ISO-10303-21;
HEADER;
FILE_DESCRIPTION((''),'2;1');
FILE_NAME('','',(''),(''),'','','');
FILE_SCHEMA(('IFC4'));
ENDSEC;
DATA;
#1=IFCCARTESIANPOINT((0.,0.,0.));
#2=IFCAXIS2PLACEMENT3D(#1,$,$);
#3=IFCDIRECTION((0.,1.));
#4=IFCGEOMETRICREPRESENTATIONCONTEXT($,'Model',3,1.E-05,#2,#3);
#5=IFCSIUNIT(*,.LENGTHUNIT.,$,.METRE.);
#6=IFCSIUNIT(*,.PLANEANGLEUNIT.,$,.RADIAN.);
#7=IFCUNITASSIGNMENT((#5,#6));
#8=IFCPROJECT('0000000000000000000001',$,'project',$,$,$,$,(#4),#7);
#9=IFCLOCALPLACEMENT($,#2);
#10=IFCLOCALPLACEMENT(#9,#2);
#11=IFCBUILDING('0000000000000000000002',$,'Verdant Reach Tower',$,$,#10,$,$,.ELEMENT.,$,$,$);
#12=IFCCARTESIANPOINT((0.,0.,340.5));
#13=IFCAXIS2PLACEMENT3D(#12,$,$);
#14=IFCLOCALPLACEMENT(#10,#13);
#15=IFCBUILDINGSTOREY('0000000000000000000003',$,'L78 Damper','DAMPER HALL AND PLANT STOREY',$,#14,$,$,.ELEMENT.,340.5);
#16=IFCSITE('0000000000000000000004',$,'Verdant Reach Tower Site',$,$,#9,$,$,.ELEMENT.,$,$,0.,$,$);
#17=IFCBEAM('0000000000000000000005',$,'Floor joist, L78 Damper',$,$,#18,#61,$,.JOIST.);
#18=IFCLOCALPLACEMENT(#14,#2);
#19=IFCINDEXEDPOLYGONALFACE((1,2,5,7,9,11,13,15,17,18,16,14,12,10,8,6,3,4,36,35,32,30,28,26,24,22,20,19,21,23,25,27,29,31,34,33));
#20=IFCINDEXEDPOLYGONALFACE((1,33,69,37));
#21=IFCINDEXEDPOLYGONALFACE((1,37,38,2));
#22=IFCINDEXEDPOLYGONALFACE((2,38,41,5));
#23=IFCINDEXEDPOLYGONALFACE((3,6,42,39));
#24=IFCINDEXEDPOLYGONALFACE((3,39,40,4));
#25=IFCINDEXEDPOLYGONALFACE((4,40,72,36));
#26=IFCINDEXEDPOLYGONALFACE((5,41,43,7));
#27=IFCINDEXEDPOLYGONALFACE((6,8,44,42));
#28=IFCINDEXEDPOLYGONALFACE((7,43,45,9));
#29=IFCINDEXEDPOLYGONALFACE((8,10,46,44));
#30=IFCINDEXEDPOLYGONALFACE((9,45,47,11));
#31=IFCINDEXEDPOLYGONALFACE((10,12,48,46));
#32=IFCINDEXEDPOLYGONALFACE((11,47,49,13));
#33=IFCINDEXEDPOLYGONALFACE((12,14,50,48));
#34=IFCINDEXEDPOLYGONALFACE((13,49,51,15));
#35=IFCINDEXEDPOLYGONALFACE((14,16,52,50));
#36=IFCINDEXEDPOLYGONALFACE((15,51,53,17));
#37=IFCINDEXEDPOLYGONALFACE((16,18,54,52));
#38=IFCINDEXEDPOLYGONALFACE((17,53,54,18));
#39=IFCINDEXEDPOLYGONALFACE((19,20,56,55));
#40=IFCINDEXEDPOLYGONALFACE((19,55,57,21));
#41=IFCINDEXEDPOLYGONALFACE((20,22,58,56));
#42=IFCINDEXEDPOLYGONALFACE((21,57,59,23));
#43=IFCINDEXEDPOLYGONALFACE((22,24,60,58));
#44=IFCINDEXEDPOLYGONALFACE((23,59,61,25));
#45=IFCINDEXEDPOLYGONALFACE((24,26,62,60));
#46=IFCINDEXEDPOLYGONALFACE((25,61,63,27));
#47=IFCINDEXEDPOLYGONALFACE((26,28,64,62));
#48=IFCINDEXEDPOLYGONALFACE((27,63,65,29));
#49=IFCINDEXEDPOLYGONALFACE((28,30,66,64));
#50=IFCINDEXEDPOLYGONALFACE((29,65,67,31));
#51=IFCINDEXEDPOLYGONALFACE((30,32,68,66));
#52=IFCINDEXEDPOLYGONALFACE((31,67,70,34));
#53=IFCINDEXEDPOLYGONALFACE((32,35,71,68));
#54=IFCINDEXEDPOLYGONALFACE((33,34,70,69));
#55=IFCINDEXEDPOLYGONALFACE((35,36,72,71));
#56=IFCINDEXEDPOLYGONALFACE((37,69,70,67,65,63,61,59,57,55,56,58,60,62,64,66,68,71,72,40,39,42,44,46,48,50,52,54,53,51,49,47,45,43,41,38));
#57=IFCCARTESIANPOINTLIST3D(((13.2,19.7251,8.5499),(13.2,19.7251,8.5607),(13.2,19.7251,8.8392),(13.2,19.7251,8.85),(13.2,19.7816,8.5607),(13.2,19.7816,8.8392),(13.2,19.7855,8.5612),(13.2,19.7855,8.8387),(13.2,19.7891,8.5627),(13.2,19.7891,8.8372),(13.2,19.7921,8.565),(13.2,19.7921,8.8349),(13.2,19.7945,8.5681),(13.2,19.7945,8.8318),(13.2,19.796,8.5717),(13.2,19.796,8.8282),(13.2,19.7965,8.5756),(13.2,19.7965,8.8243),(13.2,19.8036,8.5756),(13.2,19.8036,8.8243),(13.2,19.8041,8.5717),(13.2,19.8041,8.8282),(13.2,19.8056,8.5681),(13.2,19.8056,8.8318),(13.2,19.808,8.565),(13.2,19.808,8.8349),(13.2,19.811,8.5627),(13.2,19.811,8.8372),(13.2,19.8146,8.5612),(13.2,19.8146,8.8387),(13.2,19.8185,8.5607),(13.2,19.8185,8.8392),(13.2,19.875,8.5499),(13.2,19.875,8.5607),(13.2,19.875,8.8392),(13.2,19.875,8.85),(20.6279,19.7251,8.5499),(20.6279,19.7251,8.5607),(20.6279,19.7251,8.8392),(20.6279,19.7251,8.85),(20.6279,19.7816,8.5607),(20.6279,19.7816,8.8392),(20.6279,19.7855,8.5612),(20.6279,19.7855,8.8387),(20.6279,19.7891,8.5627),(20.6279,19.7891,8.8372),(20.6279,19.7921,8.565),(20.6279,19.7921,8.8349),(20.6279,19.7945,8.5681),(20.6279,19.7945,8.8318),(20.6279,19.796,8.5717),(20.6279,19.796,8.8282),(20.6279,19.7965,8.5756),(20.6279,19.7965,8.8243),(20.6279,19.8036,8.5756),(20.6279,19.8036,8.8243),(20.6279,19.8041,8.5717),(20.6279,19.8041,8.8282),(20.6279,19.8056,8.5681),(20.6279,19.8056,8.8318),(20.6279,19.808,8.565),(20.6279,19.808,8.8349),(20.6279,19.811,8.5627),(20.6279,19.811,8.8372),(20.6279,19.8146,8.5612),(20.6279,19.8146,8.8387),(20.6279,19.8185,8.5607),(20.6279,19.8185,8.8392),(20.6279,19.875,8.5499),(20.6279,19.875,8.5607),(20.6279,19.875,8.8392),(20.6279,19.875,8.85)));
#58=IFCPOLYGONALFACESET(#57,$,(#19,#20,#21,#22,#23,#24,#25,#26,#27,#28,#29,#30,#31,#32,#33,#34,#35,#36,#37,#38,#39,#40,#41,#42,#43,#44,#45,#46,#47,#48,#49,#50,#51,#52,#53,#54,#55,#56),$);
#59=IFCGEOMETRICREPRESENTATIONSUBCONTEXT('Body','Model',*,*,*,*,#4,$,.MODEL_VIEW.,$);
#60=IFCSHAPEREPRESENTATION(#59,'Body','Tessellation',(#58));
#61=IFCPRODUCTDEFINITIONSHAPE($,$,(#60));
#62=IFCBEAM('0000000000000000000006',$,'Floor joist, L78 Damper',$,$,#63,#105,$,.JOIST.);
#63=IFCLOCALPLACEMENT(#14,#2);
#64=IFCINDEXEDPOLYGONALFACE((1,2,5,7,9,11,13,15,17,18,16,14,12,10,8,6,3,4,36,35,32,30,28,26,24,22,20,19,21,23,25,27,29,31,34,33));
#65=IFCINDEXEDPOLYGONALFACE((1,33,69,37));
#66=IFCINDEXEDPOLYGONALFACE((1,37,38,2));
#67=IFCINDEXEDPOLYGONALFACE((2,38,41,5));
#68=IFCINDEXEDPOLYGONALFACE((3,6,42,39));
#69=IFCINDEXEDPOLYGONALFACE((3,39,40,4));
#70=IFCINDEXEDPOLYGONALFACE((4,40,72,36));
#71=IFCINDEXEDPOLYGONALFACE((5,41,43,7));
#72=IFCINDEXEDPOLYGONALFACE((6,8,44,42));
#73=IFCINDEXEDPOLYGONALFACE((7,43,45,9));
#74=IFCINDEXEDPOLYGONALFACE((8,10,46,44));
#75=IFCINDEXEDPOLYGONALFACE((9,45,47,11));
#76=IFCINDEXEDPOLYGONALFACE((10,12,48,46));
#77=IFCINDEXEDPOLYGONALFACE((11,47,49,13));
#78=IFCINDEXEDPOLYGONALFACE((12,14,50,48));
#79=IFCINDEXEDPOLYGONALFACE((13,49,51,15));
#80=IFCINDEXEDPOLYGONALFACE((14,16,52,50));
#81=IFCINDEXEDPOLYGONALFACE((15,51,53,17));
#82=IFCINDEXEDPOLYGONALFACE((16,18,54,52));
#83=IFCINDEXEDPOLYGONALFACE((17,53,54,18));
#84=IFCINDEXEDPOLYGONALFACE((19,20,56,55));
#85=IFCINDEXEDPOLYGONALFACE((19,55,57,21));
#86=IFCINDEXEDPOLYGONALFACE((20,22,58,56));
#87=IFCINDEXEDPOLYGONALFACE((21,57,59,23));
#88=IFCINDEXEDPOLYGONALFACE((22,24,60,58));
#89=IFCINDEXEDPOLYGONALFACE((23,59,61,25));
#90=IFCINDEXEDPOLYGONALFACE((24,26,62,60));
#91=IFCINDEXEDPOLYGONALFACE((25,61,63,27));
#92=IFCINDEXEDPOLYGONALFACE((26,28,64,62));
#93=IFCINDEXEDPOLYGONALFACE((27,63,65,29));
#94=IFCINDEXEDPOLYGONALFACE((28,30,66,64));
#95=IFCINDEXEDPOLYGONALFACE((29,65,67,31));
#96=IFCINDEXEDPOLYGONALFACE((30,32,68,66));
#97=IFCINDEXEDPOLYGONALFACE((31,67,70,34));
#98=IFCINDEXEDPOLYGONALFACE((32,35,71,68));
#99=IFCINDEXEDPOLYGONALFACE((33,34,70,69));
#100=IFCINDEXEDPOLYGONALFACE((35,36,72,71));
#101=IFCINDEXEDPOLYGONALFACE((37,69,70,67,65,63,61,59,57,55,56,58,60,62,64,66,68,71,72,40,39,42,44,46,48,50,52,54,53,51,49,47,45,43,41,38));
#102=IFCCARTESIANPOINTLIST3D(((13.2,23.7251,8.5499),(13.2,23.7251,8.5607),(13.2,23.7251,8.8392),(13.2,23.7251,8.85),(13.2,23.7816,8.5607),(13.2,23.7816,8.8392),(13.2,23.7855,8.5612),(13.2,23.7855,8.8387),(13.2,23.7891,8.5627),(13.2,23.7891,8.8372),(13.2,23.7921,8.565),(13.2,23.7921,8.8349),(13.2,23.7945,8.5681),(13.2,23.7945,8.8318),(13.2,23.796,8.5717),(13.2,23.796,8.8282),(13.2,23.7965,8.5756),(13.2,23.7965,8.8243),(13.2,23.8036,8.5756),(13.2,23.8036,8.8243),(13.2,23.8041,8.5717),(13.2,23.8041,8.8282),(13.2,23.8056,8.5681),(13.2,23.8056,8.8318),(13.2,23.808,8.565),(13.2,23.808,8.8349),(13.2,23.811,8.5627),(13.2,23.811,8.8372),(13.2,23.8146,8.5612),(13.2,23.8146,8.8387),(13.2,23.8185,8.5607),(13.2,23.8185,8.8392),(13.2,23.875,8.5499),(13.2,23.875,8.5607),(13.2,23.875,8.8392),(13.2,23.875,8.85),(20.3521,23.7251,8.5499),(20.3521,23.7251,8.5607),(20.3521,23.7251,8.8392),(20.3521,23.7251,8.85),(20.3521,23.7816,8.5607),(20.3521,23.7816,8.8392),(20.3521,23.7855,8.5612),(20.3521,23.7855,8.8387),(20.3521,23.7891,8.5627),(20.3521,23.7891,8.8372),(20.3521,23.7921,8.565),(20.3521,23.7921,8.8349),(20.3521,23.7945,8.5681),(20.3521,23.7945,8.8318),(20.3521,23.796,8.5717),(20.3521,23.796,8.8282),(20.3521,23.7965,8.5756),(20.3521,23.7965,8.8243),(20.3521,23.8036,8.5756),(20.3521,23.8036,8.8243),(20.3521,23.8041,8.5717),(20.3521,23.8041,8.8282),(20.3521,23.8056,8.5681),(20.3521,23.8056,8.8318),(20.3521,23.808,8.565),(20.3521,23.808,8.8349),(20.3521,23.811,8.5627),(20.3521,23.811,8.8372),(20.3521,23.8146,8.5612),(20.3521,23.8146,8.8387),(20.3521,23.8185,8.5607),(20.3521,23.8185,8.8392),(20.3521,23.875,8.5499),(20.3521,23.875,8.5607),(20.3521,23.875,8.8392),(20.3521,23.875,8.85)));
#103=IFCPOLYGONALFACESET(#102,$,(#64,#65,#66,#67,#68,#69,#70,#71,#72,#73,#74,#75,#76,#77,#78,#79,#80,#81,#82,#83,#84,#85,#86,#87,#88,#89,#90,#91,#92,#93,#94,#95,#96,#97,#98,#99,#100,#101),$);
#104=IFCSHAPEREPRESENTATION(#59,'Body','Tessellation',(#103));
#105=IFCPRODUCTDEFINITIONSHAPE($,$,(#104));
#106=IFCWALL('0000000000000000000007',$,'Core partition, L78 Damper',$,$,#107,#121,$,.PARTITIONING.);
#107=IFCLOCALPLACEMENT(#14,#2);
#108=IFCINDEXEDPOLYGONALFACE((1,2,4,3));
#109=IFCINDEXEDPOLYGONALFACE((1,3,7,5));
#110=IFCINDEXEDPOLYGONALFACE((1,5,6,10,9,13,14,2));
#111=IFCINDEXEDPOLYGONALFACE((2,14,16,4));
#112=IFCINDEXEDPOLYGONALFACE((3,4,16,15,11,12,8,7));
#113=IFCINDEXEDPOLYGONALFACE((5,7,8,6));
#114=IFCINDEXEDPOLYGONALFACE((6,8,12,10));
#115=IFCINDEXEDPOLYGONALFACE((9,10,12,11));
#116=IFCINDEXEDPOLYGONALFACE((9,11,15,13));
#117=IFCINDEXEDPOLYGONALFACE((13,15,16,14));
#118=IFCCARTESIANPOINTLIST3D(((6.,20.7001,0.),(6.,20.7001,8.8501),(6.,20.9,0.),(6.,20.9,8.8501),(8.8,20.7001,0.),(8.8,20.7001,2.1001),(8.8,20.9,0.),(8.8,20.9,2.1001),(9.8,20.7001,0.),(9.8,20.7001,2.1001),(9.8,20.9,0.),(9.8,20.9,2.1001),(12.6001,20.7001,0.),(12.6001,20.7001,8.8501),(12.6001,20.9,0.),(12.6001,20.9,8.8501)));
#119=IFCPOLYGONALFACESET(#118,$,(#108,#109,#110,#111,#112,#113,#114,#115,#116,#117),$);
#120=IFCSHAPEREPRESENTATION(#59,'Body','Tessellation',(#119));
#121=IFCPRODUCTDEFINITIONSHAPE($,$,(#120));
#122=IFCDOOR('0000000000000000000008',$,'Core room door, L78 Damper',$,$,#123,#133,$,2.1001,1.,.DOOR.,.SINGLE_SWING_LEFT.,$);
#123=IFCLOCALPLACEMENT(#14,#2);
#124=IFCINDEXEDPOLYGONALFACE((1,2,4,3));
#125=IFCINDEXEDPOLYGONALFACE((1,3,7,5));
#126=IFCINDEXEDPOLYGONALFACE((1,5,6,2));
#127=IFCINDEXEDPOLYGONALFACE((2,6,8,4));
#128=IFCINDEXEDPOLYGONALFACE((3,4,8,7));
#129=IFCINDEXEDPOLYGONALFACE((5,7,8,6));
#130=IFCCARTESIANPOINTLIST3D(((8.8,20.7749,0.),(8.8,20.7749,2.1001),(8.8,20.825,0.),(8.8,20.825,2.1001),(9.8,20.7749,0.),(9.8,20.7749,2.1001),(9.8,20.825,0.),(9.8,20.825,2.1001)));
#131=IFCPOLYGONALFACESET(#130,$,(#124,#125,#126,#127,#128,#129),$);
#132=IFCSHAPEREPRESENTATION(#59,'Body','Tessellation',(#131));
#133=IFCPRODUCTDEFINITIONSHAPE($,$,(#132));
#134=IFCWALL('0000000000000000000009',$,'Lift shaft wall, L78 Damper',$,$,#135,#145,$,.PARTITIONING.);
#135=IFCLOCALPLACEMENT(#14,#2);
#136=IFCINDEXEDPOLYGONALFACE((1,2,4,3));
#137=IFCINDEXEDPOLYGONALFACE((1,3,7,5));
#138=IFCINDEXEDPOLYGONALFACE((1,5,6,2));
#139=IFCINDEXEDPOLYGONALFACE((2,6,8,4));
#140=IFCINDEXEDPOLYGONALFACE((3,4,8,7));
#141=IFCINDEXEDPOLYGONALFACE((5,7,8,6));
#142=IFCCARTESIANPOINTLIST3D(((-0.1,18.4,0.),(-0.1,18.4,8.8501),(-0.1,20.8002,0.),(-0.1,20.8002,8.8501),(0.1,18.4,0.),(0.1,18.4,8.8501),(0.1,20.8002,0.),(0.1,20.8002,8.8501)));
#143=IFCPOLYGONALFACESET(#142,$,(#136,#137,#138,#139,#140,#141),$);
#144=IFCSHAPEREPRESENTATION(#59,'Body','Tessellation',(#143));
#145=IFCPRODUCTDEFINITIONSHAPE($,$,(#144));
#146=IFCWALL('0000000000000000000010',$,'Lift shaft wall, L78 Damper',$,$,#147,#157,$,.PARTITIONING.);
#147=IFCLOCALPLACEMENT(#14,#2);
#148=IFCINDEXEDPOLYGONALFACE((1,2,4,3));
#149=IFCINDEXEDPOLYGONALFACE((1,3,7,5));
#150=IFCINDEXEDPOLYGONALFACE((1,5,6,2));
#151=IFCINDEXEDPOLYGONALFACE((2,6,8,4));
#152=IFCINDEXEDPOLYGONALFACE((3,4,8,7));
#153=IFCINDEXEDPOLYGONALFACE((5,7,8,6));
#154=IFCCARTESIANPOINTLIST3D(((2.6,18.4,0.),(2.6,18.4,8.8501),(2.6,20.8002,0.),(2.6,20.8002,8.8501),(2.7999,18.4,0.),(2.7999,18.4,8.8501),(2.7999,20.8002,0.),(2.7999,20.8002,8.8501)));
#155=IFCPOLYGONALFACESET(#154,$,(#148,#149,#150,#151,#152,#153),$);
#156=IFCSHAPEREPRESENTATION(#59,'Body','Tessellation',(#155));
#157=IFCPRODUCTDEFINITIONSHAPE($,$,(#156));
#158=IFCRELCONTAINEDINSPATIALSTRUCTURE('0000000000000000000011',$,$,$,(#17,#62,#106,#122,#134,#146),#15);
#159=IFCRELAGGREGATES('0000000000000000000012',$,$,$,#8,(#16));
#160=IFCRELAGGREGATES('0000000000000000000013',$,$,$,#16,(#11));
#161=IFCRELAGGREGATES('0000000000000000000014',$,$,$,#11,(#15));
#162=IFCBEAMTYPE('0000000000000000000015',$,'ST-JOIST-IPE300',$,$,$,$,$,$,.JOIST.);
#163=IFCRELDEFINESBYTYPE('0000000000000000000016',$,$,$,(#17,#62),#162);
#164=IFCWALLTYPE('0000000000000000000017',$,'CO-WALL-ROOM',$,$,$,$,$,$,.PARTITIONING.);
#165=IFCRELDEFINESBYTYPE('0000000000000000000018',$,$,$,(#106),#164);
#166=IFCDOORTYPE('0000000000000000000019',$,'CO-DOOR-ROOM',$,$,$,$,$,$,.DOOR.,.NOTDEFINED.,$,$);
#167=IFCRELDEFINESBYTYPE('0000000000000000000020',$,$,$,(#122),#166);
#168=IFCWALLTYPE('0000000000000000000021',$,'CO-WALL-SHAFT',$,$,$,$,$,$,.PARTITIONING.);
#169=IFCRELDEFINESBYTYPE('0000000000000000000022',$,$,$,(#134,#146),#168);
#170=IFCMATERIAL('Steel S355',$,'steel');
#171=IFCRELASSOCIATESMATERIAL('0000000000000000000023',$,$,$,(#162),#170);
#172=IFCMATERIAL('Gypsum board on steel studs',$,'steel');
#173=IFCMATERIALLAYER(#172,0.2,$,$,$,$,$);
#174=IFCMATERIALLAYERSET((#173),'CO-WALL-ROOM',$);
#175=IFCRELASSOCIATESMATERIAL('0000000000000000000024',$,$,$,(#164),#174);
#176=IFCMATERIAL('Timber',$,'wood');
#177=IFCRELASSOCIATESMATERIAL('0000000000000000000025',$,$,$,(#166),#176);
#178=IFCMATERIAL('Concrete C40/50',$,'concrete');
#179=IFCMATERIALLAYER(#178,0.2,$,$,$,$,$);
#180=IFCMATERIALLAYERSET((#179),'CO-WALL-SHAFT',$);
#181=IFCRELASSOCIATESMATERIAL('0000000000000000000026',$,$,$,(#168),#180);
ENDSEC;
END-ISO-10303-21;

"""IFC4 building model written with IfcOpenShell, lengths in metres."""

from ifc_helpers import new_model, si_unit, direction, frame, frame_2d, origin, origin_2d, place, context, subcontext, project, spatial, rectangle, i_section, extrude, material, layer, layer_set, material_profile, profile_set, type_object, element, fill, save


model = new_model("IFC4")

# Units and contexts
model_context = context("Model", 3, precision=1e-05, world=origin(), true_north=direction((0.0, 1.0)))
body_context = subcontext(model_context, "Body", "Model", "MODEL_VIEW")
ifc_project = project(units=[si_unit("LENGTHUNIT", "METRE"), si_unit("PLANEANGLEUNIT", "RADIAN")], contexts=[model_context])

# Site, building, storey
site_placement = place(None, origin())
site = spatial("IfcSite", under=ifc_project, at=site_placement, Name="Verdant Reach Tower Site", CompositionType="ELEMENT", RefElevation=0.0)
building_placement = place(site_placement, origin())
building = spatial("IfcBuilding", under=site, at=building_placement, Name="Verdant Reach Tower", CompositionType="ELEMENT")
storey_placement = place(building_placement, frame((0.0, 0.0, 340.5)))
storey = spatial("IfcBuildingStorey", under=building, at=storey_placement, Name="L78 Damper", Description="DAMPER HALL AND PLANT STOREY", CompositionType="ELEMENT", Elevation=340.5)

# Beams
ifc_material_1 = material(Name="Steel S355", Category="steel")
ifc_material_profile_1 = material_profile(ifc_material_1, i_section(OverallWidth=0.1499, OverallDepth=0.3, WebThickness=0.0071, FlangeThickness=0.0107, FilletRadius=0.0149, at=origin_2d()), Name="IPE 300")
ifc_profile_set_1 = profile_set([ifc_material_profile_1], Name="Steel S355")
beam_type_1 = type_object("IfcBeamType", Name="ST-JOIST-IPE300", PredefinedType="JOIST", material=ifc_profile_set_1)
beam_1_placement = place(storey_placement, frame((13.2, 19.8, 8.7), z_axis=(1.0, 0.0, 0.0), x_axis=(0.0, 1.0, 0.0)))
element("IfcBeam", 1, at=beam_1_placement, inside=storey, type_object=beam_type_1, Name="Floor joist, L78 Damper", PredefinedType="JOIST", context=body_context, shape_type="SweptSolid", body=[
    extrude(i_section(OverallWidth=0.1499, OverallDepth=0.3, WebThickness=0.0071, FlangeThickness=0.0107, FilletRadius=0.0149, at=origin_2d()), origin(), (0.0, 0.0, 1.0), 7.428),
])
beam_2_placement = place(storey_placement, frame((13.2, 23.8, 8.7), z_axis=(1.0, 0.0, 0.0), x_axis=(0.0, 1.0, 0.0)))
element("IfcBeam", 2, at=beam_2_placement, inside=storey, type_object=beam_type_1, Name="Floor joist, L78 Damper", PredefinedType="JOIST", context=body_context, shape_type="SweptSolid", body=[
    extrude(i_section(OverallWidth=0.1499, OverallDepth=0.3, WebThickness=0.0071, FlangeThickness=0.0107, FilletRadius=0.0149, at=origin_2d()), origin(), (0.0, 0.0, 1.0), 7.1521),
])

# Wall, opening, door
ifc_material_2 = material(Name="Gypsum board on steel studs", Category="steel")
ifc_layer_1 = layer(ifc_material_2, 0.2)
ifc_layer_set_1 = layer_set([ifc_layer_1], Name="CO-WALL-ROOM")
wall_type_1 = type_object("IfcWallType", Name="CO-WALL-ROOM", PredefinedType="PARTITIONING", material=ifc_layer_set_1)
wall_1_placement = place(storey_placement, frame((6.0, 20.8, 0.0), z_axis=(0.0, 0.0, 1.0), x_axis=(1.0, 0.0, 0.0)))
wall_1 = element("IfcWall", 3, at=wall_1_placement, inside=storey, type_object=wall_type_1, Name="Core partition, L78 Damper", PredefinedType="PARTITIONING", context=body_context, shape_type="SweptSolid", body=[
    extrude(rectangle(XDim=6.6001, YDim=0.2, at=frame_2d((3.3, 0.0))), origin(), (0.0, 0.0, 1.0), 8.8501),
])
opening_1_placement = place(wall_1_placement, frame((2.8, 0.0, 0.0)))
opening_1 = element("IfcOpeningElement", 4, at=opening_1_placement, cuts=wall_1, PredefinedType="OPENING", context=body_context, shape_type="SweptSolid", body=[
    extrude(rectangle(XDim=1.0, YDim=2.1001, at=frame_2d((0.5, 1.05))), frame((0.0, 0.1099, 0.0), z_axis=(0.0, -1.0, 0.0), x_axis=(1.0, 0.0, 0.0)), (0.0, 0.0, 1.0), 0.22),
])
ifc_material_3 = material(Name="Timber", Category="wood")
door_type_1 = type_object("IfcDoorType", Name="CO-DOOR-ROOM", OperationType="NOTDEFINED", PredefinedType="DOOR", material=ifc_material_3)
door_1_placement = place(opening_1_placement, origin())
door_1 = element("IfcDoor", 5, at=door_1_placement, inside=storey, type_object=door_type_1, Name="Core room door, L78 Damper", OperationType="SINGLE_SWING_LEFT", OverallHeight=2.1001, OverallWidth=1.0, PredefinedType="DOOR", context=body_context, shape_type="SweptSolid", body=[
    extrude(rectangle(XDim=1.0, YDim=2.1001, at=frame_2d((0.5, 1.05))), frame((0.0, 0.0249, 0.0), z_axis=(0.0, -1.0, 0.0), x_axis=(1.0, 0.0, 0.0)), (0.0, 0.0, 1.0), 0.05),
])
fill(opening_1, door_1)

# Walls
ifc_material_4 = material(Name="Concrete C40/50", Category="concrete")
ifc_layer_2 = layer(ifc_material_4, 0.2)
ifc_layer_set_2 = layer_set([ifc_layer_2], Name="CO-WALL-SHAFT")
wall_type_2 = type_object("IfcWallType", Name="CO-WALL-SHAFT", PredefinedType="PARTITIONING", material=ifc_layer_set_2)
for number, where, z_axis, x_axis, name in (
    (6, (0.0, 18.3999, 0.0), (0.0, 0.0, 1.0), (0.0, 1.0, 0.0), "Lift shaft wall, L78 Damper"),
    (7, (2.7, 18.3999, 0.0), (0.0, 0.0, 1.0), (0.0, 1.0, 0.0), "Lift shaft wall, L78 Damper"),
):
    element("IfcWall", number, at=place(storey_placement, frame(where, z_axis=z_axis, x_axis=x_axis)), inside=storey, type_object=wall_type_2, Name=name, PredefinedType="PARTITIONING", context=body_context, shape_type="SweptSolid", body=[
        extrude(rectangle(XDim=2.4001, YDim=0.2, at=frame_2d((1.2002, 0.0))), origin(), (0.0, 0.0, 1.0), 8.8501),
    ])

save(model, "model.ifc")
